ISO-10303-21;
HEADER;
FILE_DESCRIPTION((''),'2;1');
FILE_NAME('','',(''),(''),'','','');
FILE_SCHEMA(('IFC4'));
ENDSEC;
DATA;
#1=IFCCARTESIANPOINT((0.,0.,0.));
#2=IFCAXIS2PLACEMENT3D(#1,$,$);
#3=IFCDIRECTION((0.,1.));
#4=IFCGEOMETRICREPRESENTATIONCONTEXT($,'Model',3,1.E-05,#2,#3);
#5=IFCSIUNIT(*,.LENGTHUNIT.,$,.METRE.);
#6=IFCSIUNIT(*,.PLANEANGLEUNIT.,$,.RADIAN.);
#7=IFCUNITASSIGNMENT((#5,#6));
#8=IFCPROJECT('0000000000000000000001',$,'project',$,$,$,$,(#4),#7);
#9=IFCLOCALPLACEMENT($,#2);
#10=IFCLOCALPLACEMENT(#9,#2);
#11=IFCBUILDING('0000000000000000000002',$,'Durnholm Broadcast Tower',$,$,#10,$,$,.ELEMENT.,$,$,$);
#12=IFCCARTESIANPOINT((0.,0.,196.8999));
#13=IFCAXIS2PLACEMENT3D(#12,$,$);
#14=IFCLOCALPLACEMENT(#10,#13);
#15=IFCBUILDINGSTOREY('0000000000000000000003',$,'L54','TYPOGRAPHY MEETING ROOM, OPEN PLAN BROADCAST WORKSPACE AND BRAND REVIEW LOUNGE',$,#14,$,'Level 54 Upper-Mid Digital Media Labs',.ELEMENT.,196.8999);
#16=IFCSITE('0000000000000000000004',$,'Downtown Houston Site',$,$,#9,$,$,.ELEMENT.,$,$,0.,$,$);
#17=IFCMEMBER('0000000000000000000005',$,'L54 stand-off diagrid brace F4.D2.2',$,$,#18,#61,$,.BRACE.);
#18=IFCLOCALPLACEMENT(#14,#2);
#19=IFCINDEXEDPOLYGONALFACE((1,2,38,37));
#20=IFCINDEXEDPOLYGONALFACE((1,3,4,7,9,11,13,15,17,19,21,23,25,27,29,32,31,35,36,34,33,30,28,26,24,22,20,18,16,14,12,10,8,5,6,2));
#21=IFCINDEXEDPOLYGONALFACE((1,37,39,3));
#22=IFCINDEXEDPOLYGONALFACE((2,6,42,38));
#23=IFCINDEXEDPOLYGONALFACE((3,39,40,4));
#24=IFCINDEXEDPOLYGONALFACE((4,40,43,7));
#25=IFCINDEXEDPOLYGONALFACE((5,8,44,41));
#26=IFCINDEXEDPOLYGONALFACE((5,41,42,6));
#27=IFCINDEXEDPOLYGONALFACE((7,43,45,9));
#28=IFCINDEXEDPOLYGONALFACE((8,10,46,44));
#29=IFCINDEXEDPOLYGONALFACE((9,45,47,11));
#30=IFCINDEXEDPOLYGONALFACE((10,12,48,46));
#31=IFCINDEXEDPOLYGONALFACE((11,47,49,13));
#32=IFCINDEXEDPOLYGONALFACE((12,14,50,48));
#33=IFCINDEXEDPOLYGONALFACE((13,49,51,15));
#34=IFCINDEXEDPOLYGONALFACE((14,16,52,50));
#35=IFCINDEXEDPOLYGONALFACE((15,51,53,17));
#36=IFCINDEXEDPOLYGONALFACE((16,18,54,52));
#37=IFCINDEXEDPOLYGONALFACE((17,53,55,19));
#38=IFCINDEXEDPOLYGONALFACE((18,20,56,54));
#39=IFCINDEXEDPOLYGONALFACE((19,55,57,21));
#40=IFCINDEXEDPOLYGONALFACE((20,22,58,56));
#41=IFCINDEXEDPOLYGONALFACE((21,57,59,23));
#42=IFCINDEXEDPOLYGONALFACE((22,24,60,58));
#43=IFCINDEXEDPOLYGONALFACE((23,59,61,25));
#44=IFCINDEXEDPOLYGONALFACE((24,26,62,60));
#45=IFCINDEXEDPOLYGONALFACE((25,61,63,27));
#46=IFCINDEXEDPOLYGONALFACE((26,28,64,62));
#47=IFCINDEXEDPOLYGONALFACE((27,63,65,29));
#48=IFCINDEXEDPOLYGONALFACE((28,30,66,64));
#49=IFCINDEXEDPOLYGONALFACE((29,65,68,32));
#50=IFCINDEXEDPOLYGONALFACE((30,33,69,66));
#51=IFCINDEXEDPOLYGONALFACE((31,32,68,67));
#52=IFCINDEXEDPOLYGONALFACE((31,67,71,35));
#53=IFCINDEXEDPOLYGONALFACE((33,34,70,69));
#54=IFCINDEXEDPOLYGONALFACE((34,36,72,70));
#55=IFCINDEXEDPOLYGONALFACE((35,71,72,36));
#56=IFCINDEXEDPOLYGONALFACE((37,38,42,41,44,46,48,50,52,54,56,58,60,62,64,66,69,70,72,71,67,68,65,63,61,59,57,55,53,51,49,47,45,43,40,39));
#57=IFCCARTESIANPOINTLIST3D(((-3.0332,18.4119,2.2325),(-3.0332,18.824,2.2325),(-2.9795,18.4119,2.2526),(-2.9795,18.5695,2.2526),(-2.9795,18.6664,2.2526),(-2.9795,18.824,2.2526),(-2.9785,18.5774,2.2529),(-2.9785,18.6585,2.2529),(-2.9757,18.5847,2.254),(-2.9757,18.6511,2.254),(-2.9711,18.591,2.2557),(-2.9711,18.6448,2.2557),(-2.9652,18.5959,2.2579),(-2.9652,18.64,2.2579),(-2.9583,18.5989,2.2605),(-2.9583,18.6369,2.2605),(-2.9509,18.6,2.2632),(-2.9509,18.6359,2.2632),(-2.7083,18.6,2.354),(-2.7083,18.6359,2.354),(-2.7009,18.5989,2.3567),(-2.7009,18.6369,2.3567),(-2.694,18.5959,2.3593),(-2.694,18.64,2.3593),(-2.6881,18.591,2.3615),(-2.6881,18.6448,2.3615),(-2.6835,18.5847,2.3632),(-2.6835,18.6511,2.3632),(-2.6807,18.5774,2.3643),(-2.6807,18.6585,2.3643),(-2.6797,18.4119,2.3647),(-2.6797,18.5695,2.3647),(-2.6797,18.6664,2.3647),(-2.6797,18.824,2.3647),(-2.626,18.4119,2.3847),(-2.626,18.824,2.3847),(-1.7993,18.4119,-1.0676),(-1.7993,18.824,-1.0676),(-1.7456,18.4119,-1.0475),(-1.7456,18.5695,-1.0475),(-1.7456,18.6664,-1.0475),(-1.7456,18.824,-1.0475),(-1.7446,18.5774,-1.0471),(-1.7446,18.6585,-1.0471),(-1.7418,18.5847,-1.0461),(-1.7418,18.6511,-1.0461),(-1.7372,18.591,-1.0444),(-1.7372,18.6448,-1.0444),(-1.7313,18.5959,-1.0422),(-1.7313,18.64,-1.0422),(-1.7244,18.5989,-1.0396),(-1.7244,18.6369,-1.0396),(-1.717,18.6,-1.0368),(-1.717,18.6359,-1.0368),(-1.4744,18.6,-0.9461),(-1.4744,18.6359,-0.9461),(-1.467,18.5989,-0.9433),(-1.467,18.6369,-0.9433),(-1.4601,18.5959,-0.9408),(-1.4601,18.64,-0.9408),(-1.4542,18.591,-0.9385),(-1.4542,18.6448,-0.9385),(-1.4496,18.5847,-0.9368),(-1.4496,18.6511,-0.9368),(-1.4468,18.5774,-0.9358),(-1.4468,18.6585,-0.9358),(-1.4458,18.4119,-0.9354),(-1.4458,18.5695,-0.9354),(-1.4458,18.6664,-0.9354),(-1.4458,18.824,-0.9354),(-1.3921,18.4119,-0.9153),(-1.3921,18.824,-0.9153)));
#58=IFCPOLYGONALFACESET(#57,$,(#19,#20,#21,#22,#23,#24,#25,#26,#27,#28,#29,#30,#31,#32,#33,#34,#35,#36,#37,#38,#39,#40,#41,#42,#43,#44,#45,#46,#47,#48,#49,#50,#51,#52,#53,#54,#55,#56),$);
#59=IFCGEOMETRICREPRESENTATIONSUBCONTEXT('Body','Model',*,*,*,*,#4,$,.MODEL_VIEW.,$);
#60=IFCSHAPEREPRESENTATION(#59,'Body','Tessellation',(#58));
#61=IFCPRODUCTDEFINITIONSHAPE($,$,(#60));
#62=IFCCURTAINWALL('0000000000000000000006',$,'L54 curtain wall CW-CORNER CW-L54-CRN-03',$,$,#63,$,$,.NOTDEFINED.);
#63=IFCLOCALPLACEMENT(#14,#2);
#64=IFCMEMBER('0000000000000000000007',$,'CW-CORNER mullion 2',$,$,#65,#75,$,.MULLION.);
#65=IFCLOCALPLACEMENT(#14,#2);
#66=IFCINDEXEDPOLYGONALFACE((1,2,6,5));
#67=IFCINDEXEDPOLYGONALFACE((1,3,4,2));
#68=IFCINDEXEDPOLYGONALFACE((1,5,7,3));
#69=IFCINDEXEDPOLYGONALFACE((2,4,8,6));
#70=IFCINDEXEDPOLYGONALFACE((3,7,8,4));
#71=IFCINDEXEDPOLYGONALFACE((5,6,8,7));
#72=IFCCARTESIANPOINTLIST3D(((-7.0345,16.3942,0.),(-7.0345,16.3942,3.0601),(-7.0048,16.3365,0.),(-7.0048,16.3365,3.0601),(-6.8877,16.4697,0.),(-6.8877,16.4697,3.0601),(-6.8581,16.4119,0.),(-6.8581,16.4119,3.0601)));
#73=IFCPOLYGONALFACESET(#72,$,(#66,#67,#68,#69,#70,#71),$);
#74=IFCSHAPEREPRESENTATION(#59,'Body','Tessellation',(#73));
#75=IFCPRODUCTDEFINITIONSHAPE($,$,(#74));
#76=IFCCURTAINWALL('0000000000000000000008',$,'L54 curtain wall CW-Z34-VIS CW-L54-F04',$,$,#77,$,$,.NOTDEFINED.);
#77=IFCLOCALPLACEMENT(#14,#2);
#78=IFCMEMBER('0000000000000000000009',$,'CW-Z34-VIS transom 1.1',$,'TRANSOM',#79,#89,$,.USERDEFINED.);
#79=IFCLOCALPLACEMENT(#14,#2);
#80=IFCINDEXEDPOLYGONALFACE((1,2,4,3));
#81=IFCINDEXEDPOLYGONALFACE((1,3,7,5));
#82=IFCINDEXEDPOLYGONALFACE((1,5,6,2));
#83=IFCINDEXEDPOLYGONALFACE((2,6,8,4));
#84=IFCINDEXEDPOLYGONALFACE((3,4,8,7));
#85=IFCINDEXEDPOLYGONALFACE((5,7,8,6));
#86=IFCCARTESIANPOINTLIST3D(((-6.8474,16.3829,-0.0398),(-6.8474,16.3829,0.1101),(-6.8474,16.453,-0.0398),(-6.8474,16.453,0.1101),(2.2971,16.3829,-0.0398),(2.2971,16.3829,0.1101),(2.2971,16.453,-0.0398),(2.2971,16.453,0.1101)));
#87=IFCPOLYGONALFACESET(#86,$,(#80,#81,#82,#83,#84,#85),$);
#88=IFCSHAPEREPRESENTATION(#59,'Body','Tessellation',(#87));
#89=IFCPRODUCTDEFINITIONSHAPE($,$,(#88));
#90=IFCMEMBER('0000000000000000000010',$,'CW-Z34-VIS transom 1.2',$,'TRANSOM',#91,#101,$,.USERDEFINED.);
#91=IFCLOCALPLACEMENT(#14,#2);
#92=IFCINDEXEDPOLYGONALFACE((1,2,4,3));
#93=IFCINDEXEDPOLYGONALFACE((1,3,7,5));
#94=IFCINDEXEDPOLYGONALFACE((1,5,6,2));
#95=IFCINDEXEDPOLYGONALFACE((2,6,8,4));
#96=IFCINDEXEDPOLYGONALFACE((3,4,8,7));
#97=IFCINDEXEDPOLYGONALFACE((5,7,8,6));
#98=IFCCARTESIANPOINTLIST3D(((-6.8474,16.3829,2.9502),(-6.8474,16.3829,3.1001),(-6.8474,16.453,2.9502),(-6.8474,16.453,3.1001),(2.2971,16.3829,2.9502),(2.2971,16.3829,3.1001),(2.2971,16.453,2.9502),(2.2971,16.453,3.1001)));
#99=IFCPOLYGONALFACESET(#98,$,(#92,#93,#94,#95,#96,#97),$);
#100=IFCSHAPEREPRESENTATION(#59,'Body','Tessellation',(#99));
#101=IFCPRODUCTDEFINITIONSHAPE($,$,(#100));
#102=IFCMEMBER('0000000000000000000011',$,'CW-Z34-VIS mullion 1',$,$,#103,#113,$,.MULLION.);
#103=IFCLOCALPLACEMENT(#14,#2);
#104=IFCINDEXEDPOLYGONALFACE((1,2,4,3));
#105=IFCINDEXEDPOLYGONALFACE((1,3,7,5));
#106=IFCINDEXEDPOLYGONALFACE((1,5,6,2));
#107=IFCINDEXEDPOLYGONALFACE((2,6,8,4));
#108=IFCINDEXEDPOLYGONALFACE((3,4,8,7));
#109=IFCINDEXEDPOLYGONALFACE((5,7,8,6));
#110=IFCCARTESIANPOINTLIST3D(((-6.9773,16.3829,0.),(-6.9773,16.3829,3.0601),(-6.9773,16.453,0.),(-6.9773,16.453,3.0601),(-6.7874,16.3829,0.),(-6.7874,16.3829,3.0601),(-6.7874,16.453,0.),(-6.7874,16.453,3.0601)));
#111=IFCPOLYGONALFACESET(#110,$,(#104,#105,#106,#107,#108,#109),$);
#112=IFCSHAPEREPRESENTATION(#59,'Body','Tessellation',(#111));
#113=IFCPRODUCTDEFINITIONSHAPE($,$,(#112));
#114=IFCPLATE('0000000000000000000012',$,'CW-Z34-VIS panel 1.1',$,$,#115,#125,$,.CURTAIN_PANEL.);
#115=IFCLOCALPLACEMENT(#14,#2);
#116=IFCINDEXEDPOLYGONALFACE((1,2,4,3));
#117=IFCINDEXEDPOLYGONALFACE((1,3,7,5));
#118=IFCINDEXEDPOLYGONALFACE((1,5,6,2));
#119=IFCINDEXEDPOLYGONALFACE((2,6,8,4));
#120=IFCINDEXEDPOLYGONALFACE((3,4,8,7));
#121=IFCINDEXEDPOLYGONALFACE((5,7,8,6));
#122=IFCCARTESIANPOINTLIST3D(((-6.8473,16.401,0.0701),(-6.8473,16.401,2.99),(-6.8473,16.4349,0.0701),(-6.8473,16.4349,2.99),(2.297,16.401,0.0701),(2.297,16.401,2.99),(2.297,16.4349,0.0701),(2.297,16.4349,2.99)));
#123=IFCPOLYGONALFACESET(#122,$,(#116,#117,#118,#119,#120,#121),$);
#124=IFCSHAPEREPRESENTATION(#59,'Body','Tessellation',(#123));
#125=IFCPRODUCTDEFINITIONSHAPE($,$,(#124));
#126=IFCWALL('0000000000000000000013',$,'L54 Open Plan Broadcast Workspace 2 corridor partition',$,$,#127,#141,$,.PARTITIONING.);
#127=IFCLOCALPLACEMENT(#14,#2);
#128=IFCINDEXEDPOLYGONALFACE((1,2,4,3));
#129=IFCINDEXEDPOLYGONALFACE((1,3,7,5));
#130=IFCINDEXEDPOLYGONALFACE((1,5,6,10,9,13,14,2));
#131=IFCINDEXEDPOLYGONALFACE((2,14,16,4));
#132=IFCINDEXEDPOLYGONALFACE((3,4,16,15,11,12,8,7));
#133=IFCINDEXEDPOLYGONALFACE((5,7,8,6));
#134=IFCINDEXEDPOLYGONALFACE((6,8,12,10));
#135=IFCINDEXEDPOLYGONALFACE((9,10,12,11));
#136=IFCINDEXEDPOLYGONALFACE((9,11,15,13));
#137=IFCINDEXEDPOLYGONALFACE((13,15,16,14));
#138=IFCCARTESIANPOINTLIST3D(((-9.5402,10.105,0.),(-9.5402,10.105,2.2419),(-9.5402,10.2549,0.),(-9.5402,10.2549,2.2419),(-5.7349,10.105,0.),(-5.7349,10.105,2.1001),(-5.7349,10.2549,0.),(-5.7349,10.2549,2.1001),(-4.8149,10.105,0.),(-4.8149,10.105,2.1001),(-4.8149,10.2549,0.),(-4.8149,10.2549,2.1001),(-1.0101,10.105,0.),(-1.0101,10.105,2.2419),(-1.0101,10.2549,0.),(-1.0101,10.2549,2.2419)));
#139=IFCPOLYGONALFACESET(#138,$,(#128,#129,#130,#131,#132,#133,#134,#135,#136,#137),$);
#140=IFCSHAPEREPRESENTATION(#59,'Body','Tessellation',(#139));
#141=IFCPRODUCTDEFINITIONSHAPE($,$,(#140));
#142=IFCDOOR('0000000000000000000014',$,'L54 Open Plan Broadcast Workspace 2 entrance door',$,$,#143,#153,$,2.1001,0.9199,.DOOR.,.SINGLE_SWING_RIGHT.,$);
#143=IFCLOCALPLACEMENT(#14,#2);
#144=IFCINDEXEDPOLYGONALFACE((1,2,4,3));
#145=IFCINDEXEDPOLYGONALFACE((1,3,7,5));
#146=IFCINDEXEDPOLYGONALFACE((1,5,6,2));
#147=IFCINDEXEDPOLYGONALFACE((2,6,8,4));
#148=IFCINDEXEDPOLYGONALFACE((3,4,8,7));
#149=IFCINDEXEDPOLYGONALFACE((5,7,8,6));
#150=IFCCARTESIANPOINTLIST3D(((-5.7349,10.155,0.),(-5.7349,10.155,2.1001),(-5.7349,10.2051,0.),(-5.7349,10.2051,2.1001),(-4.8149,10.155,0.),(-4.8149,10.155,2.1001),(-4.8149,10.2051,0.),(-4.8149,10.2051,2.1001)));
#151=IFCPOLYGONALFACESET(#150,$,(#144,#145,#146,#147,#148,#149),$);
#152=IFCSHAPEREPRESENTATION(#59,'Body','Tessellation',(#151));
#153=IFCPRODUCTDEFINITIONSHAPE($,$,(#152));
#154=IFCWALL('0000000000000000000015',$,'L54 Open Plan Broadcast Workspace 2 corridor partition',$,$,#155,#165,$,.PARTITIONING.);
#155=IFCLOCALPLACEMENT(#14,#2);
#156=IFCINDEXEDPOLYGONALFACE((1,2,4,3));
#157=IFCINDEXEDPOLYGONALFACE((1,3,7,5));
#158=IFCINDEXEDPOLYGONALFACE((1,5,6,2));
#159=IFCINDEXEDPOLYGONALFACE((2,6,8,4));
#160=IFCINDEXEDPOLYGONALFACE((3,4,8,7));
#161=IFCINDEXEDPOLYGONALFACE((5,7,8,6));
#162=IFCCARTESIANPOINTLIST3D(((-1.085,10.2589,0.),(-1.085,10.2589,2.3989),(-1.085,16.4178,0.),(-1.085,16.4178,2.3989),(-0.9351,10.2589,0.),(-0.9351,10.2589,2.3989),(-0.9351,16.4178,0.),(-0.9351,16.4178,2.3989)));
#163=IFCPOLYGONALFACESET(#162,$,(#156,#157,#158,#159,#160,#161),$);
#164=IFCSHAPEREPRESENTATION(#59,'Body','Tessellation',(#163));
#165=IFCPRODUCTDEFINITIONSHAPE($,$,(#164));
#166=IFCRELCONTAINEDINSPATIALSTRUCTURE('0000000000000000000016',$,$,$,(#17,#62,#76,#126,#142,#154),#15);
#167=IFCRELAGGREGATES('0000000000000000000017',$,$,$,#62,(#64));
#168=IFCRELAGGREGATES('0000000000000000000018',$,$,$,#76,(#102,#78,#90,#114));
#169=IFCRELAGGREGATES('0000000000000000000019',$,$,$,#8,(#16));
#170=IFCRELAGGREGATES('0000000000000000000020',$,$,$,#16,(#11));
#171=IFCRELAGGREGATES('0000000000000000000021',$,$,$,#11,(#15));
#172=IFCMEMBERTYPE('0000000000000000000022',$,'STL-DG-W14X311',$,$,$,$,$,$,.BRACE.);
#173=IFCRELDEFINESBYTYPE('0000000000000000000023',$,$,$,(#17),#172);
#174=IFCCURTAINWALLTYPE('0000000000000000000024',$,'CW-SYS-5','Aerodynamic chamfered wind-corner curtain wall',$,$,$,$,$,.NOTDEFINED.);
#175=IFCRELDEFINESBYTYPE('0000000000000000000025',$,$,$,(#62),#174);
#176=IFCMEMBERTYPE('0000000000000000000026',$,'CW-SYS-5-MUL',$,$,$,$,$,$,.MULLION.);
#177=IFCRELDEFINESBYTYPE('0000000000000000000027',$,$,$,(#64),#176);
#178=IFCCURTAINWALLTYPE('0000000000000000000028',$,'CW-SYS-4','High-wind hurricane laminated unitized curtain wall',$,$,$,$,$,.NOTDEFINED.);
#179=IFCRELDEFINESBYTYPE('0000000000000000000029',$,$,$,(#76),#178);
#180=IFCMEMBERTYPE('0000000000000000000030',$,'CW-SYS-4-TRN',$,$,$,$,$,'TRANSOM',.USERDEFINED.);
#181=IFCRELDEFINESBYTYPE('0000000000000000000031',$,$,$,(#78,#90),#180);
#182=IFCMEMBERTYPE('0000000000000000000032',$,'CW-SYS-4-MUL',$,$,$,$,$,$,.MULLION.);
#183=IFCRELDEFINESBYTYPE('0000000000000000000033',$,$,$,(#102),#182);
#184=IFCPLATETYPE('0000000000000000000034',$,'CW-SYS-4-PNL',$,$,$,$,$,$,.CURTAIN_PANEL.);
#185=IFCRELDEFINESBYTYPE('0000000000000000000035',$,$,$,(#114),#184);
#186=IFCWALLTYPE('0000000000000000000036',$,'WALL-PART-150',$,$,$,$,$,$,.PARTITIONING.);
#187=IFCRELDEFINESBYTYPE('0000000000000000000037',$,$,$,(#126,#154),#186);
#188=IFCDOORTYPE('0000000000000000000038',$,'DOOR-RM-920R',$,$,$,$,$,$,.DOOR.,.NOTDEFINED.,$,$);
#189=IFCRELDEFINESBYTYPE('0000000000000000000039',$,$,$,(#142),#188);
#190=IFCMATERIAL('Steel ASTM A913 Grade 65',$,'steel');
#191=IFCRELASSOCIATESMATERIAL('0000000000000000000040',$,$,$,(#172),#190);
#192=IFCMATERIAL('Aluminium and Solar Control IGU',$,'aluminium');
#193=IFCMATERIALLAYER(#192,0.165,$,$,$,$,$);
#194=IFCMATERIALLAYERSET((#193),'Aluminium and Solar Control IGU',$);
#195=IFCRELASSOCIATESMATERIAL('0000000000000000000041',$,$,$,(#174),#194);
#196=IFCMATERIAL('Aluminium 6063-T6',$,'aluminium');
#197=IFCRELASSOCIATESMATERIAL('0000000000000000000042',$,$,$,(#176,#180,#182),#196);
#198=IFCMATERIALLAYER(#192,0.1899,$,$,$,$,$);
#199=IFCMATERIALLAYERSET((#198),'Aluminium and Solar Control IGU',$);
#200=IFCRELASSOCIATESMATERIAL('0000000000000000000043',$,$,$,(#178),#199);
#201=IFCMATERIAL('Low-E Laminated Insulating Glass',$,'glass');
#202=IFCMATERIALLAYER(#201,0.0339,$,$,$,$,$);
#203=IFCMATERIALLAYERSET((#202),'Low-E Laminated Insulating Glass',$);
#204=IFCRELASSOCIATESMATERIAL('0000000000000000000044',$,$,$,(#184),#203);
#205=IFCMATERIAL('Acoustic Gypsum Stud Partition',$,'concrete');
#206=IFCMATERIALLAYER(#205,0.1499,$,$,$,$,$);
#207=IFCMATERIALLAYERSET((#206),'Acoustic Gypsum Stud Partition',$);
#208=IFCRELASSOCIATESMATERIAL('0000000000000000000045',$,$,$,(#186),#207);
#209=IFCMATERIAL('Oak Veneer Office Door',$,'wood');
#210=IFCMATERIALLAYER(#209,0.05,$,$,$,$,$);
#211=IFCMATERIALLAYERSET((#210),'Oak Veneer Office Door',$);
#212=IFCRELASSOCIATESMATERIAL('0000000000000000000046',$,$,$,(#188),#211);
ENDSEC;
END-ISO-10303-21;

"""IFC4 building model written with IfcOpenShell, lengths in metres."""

from ifc_helpers import new_model, si_unit, direction, frame, frame_2d, origin, origin_2d, place, context, subcontext, project, spatial, rectangle, i_section, extrude, source, transform, mapped, material, layer, layer_set, material_profile, profile_set, type_object, type_shapes, element, fill, aggregate, save


model = new_model("IFC4")

# Units and contexts
model_context = context("Model", 3, precision=1e-05, world=origin(), true_north=direction((0.0, 1.0)))
body_context = subcontext(model_context, "Body", "Model", "MODEL_VIEW")
ifc_project = project(units=[si_unit("LENGTHUNIT", "METRE"), si_unit("PLANEANGLEUNIT", "RADIAN")], contexts=[model_context])

# Site, building, storey
site_placement = place(None, origin())
site = spatial("IfcSite", under=ifc_project, at=site_placement, Name="Downtown Houston Site", CompositionType="ELEMENT", RefElevation=0.0)
building_placement = place(site_placement, origin())
building = spatial("IfcBuilding", under=site, at=building_placement, Name="Durnholm Broadcast Tower", CompositionType="ELEMENT")
storey_placement = place(building_placement, frame((0.0, 0.0, 196.8999)))
storey = spatial("IfcBuildingStorey", under=building, at=storey_placement, Name="L54", Description="TYPOGRAPHY MEETING ROOM, OPEN PLAN BROADCAST WORKSPACE AND BRAND REVIEW LOUNGE", LongName="Level 54 Upper-Mid Digital Media Labs", CompositionType="ELEMENT", Elevation=196.8999)

# Member
ifc_material_1 = material(Name="Steel ASTM A913 Grade 65", Category="steel")
ifc_material_profile_1 = material_profile(ifc_material_1, i_section(OverallWidth=0.4121, OverallDepth=0.4348, WebThickness=0.0359, FlangeThickness=0.0574, FilletRadius=0.0305, at=origin_2d()), Name="W14X311")
ifc_profile_set_1 = profile_set([ifc_material_profile_1], Name="Steel ASTM A913 Grade 65")
member_type_1 = type_object("IfcMemberType", Name="STL-DG-W14X311", PredefinedType="BRACE", material=ifc_profile_set_1)
shared_shape_1 = source(origin(), body_context, "Body", "SweptSolid", [
    extrude(i_section(OverallWidth=0.4121, OverallDepth=0.4348, WebThickness=0.0359, FlangeThickness=0.0574, FilletRadius=0.0305, at=origin_2d()), origin(), (0.0, 0.0, 1.0), 3.5232),
])
type_shapes(member_type_1, [shared_shape_1])
for number, where, z_axis, x_axis, name in (
    (1, (-1.5957, 18.6179, -0.9915), (-0.35022, 0.0, 0.936668), (0.0, -1.0, 0.0), "L54 stand-off diagrid brace F4.D2.2"),
):
    element("IfcMember", number, at=place(storey_placement, frame(where, z_axis=z_axis, x_axis=x_axis)), inside=storey, type_object=member_type_1, Name=name, PredefinedType="BRACE", context=body_context, shape_type="MappedRepresentation", body=[
        mapped(shared_shape_1, transform((0.0, 0.0, 0.0), x_axis=(1.0, 0.0, 0.0), y_axis=(0.0, 1.0, 0.0), z_axis=(0.0, 0.0, 1.0), scale=1.0)),
    ])

# Curtain wall, member
ifc_material_2 = material(Name="Aluminium and Solar Control IGU", Category="aluminium")
ifc_layer_1 = layer(ifc_material_2, 0.165)
ifc_layer_set_1 = layer_set([ifc_layer_1], Name="Aluminium and Solar Control IGU")
curtain_wall_type_1 = type_object("IfcCurtainWallType", Name="CW-SYS-5", Description="Aerodynamic chamfered wind-corner curtain wall", PredefinedType="NOTDEFINED", material=ifc_layer_set_1)
curtain_wall_1_placement = place(storey_placement, origin())
curtain_wall_1 = element("IfcCurtainWall", 2, at=curtain_wall_1_placement, inside=storey, type_object=curtain_wall_type_1, Name="L54 curtain wall CW-CORNER CW-L54-CRN-03", PredefinedType="NOTDEFINED")
ifc_material_3 = material(Name="Aluminium 6063-T6", Category="aluminium")
ifc_material_profile_2 = material_profile(ifc_material_3, rectangle(XDim=0.0649, YDim=0.165, at=origin_2d()), Name="CWM65X165")
ifc_profile_set_2 = profile_set([ifc_material_profile_2], Name="Aluminium 6063-T6")
member_type_2 = type_object("IfcMemberType", Name="CW-SYS-5-MUL", PredefinedType="MULLION", material=ifc_profile_set_2)
shared_shape_2 = source(origin(), body_context, "Body", "SweptSolid", [
    extrude(rectangle(XDim=0.0649, YDim=0.165, at=origin_2d()), origin(), (0.0, 0.0, 1.0), 3.0601),
])
type_shapes(member_type_2, [shared_shape_2])
member_1_placement = place(storey_placement, frame((-6.9463, 16.4031, 0.0), z_axis=(0.0, 0.0, 1.0), x_axis=(-0.457082, 0.889425, 0.0)))
member_1 = element("IfcMember", 3, at=member_1_placement, type_object=member_type_2, Name="CW-CORNER mullion 2", PredefinedType="MULLION", context=body_context, shape_type="MappedRepresentation", body=[
    mapped(shared_shape_2, transform((0.0, 0.0, 0.0), x_axis=(1.0, 0.0, 0.0), y_axis=(0.0, 1.0, 0.0), z_axis=(0.0, 0.0, 1.0), scale=1.0)),
])
aggregate(curtain_wall_1, [member_1])

# Curtain wall, members, plate
ifc_layer_2 = layer(ifc_material_2, 0.1899)
ifc_layer_set_2 = layer_set([ifc_layer_2], Name="Aluminium and Solar Control IGU")
curtain_wall_type_2 = type_object("IfcCurtainWallType", Name="CW-SYS-4", Description="High-wind hurricane laminated unitized curtain wall", PredefinedType="NOTDEFINED", material=ifc_layer_set_2)
curtain_wall_2_placement = place(storey_placement, origin())
curtain_wall_2 = element("IfcCurtainWall", 4, at=curtain_wall_2_placement, inside=storey, type_object=curtain_wall_type_2, Name="L54 curtain wall CW-Z34-VIS CW-L54-F04", PredefinedType="NOTDEFINED")
ifc_material_profile_3 = material_profile(ifc_material_3, rectangle(XDim=0.0701, YDim=0.1499, at=origin_2d()), Name="CWT70X150")
ifc_profile_set_3 = profile_set([ifc_material_profile_3], Name="Aluminium 6063-T6")
member_type_3 = type_object("IfcMemberType", Name="CW-SYS-4-TRN", ElementType="TRANSOM", PredefinedType="USERDEFINED", material=ifc_profile_set_3)
shared_shape_3 = source(origin(), body_context, "Body", "SweptSolid", [
    extrude(rectangle(XDim=0.0701, YDim=0.1499, at=origin_2d()), origin(), (0.0, 0.0, 1.0), 9.1445),
])
type_shapes(member_type_3, [shared_shape_3])
member_2_placement = place(storey_placement, frame((-6.8474, 16.418, 0.0352), z_axis=(1.0, 0.0, 0.0), x_axis=(0.0, 1.0, 0.0)))
member_2 = element("IfcMember", 5, at=member_2_placement, type_object=member_type_3, Name="CW-Z34-VIS transom 1.1", ObjectType="TRANSOM", PredefinedType="USERDEFINED", context=body_context, shape_type="MappedRepresentation", body=[
    mapped(shared_shape_3, transform((0.0, 0.0, 0.0), x_axis=(1.0, 0.0, 0.0), y_axis=(0.0, 1.0, 0.0), z_axis=(0.0, 0.0, 1.0), scale=1.0)),
])
member_3_placement = place(storey_placement, frame((-6.8474, 16.418, 3.0251), z_axis=(1.0, 0.0, 0.0), x_axis=(0.0, 1.0, 0.0)))
member_3 = element("IfcMember", 6, at=member_3_placement, type_object=member_type_3, Name="CW-Z34-VIS transom 1.2", ObjectType="TRANSOM", PredefinedType="USERDEFINED", context=body_context, shape_type="MappedRepresentation", body=[
    mapped(shared_shape_3, transform((0.0, 0.0, 0.0), x_axis=(1.0, 0.0, 0.0), y_axis=(0.0, 1.0, 0.0), z_axis=(0.0, 0.0, 1.0), scale=1.0)),
])
ifc_material_profile_4 = material_profile(ifc_material_3, rectangle(XDim=0.0701, YDim=0.1899, at=origin_2d()), Name="CWM70X190")
ifc_profile_set_4 = profile_set([ifc_material_profile_4], Name="Aluminium 6063-T6")
member_type_4 = type_object("IfcMemberType", Name="CW-SYS-4-MUL", PredefinedType="MULLION", material=ifc_profile_set_4)
shared_shape_4 = source(origin(), body_context, "Body", "SweptSolid", [
    extrude(rectangle(XDim=0.0701, YDim=0.1899, at=origin_2d()), origin(), (0.0, 0.0, 1.0), 3.0601),
])
type_shapes(member_type_4, [shared_shape_4])
member_4_placement = place(storey_placement, frame((-6.8823, 16.418, 0.0), z_axis=(0.0, 0.0, 1.0), x_axis=(0.0, 1.0, 0.0)))
member_4 = element("IfcMember", 7, at=member_4_placement, type_object=member_type_4, Name="CW-Z34-VIS mullion 1", PredefinedType="MULLION", context=body_context, shape_type="MappedRepresentation", body=[
    mapped(shared_shape_4, transform((0.0, 0.0, 0.0), x_axis=(1.0, 0.0, 0.0), y_axis=(0.0, 1.0, 0.0), z_axis=(0.0, 0.0, 1.0), scale=1.0)),
])
ifc_material_4 = material(Name="Low-E Laminated Insulating Glass", Category="glass")
ifc_layer_3 = layer(ifc_material_4, 0.0339)
ifc_layer_set_3 = layer_set([ifc_layer_3], Name="Low-E Laminated Insulating Glass")
plate_type = type_object("IfcPlateType", Name="CW-SYS-4-PNL", PredefinedType="CURTAIN_PANEL", material=ifc_layer_set_3)
shared_shape_5 = source(origin(), body_context, "Body", "SweptSolid", [
    extrude(rectangle(XDim=9.1443, YDim=0.0339, at=origin_2d()), origin(), (0.0, 0.0, 1.0), 2.9199),
])
type_shapes(plate_type, [shared_shape_5])
plate_placement = place(storey_placement, frame((-2.2751, 16.418, 0.0701), z_axis=(0.0, 0.0, 1.0), x_axis=(1.0, 0.0, 0.0)))
plate = element("IfcPlate", 8, at=plate_placement, type_object=plate_type, Name="CW-Z34-VIS panel 1.1", PredefinedType="CURTAIN_PANEL", context=body_context, shape_type="MappedRepresentation", body=[
    mapped(shared_shape_5, transform((0.0, 0.0, 0.0), x_axis=(1.0, 0.0, 0.0), y_axis=(0.0, 1.0, 0.0), z_axis=(0.0, 0.0, 1.0), scale=1.0)),
])
aggregate(curtain_wall_2, [member_4, member_2, member_3, plate])

# Wall, opening, door
ifc_material_5 = material(Name="Acoustic Gypsum Stud Partition", Category="concrete")
ifc_layer_4 = layer(ifc_material_5, 0.1499)
ifc_layer_set_4 = layer_set([ifc_layer_4], Name="Acoustic Gypsum Stud Partition")
wall_type = type_object("IfcWallType", Name="WALL-PART-150", PredefinedType="PARTITIONING", material=ifc_layer_set_4)
wall_1_placement = place(storey_placement, frame((-1.01, 10.1799, 0.0), z_axis=(0.0, 0.0, 1.0), x_axis=(-1.0, 0.0, 0.0)))
wall_1 = element("IfcWall", 9, at=wall_1_placement, inside=storey, type_object=wall_type, Name="L54 Open Plan Broadcast Workspace 2 corridor partition", PredefinedType="PARTITIONING", context=body_context, shape_type="SweptSolid", body=[
    extrude(rectangle(XDim=8.53, YDim=0.1499, at=frame_2d((4.2651, 0.0))), origin(), (0.0, 0.0, 1.0), 2.2419),
])
opening_1_placement = place(wall_1_placement, frame((3.8049, 0.0, 0.0)))
opening_1 = element("IfcOpeningElement", 10, at=opening_1_placement, cuts=wall_1, PredefinedType="OPENING", context=body_context, shape_type="SweptSolid", body=[
    extrude(rectangle(XDim=0.9199, YDim=2.1001, at=frame_2d((0.46, 1.05))), frame((0.0, 0.085, 0.0), z_axis=(0.0, -1.0, 0.0), x_axis=(1.0, 0.0, 0.0)), (0.0, 0.0, 1.0), 0.1699),
])
ifc_material_6 = material(Name="Oak Veneer Office Door", Category="wood")
ifc_layer_5 = layer(ifc_material_6, 0.05)
ifc_layer_set_5 = layer_set([ifc_layer_5], Name="Oak Veneer Office Door")
door_type_1 = type_object("IfcDoorType", Name="DOOR-RM-920R", OperationType="NOTDEFINED", PredefinedType="DOOR", material=ifc_layer_set_5)
shared_shape_6 = source(origin(), body_context, "Body", "SweptSolid", [
    extrude(rectangle(XDim=0.9199, YDim=2.1001, at=frame_2d((0.46, 1.05))), frame((0.0, 0.0249, 0.0), z_axis=(0.0, -1.0, 0.0), x_axis=(1.0, 0.0, 0.0)), (0.0, 0.0, 1.0), 0.05),
])
type_shapes(door_type_1, [shared_shape_6])
door_1_placement = place(opening_1_placement, origin())
door_1 = element("IfcDoor", 11, at=door_1_placement, inside=storey, type_object=door_type_1, Name="L54 Open Plan Broadcast Workspace 2 entrance door", OperationType="SINGLE_SWING_RIGHT", OverallHeight=2.1001, OverallWidth=0.9199, PredefinedType="DOOR", context=body_context, shape_type="MappedRepresentation", body=[
    mapped(shared_shape_6, transform((0.0, 0.0, 0.0), x_axis=(1.0, 0.0, 0.0), y_axis=(0.0, 1.0, 0.0), z_axis=(0.0, 0.0, 1.0), scale=1.0)),
])
fill(opening_1, door_1)

# Wall
wall_2_placement = place(storey_placement, frame((-1.01, 16.418, 0.0), z_axis=(0.0, 0.0, 1.0), x_axis=(0.0, -1.0, 0.0)))
element("IfcWall", 12, at=wall_2_placement, inside=storey, type_object=wall_type, Name="L54 Open Plan Broadcast Workspace 2 corridor partition", PredefinedType="PARTITIONING", context=body_context, shape_type="SweptSolid", body=[
    extrude(rectangle(XDim=6.1589, YDim=0.1499, at=frame_2d((3.0796, 0.0))), origin(), (0.0, 0.0, 1.0), 2.3989),
])

save(model, "model.ifc")
